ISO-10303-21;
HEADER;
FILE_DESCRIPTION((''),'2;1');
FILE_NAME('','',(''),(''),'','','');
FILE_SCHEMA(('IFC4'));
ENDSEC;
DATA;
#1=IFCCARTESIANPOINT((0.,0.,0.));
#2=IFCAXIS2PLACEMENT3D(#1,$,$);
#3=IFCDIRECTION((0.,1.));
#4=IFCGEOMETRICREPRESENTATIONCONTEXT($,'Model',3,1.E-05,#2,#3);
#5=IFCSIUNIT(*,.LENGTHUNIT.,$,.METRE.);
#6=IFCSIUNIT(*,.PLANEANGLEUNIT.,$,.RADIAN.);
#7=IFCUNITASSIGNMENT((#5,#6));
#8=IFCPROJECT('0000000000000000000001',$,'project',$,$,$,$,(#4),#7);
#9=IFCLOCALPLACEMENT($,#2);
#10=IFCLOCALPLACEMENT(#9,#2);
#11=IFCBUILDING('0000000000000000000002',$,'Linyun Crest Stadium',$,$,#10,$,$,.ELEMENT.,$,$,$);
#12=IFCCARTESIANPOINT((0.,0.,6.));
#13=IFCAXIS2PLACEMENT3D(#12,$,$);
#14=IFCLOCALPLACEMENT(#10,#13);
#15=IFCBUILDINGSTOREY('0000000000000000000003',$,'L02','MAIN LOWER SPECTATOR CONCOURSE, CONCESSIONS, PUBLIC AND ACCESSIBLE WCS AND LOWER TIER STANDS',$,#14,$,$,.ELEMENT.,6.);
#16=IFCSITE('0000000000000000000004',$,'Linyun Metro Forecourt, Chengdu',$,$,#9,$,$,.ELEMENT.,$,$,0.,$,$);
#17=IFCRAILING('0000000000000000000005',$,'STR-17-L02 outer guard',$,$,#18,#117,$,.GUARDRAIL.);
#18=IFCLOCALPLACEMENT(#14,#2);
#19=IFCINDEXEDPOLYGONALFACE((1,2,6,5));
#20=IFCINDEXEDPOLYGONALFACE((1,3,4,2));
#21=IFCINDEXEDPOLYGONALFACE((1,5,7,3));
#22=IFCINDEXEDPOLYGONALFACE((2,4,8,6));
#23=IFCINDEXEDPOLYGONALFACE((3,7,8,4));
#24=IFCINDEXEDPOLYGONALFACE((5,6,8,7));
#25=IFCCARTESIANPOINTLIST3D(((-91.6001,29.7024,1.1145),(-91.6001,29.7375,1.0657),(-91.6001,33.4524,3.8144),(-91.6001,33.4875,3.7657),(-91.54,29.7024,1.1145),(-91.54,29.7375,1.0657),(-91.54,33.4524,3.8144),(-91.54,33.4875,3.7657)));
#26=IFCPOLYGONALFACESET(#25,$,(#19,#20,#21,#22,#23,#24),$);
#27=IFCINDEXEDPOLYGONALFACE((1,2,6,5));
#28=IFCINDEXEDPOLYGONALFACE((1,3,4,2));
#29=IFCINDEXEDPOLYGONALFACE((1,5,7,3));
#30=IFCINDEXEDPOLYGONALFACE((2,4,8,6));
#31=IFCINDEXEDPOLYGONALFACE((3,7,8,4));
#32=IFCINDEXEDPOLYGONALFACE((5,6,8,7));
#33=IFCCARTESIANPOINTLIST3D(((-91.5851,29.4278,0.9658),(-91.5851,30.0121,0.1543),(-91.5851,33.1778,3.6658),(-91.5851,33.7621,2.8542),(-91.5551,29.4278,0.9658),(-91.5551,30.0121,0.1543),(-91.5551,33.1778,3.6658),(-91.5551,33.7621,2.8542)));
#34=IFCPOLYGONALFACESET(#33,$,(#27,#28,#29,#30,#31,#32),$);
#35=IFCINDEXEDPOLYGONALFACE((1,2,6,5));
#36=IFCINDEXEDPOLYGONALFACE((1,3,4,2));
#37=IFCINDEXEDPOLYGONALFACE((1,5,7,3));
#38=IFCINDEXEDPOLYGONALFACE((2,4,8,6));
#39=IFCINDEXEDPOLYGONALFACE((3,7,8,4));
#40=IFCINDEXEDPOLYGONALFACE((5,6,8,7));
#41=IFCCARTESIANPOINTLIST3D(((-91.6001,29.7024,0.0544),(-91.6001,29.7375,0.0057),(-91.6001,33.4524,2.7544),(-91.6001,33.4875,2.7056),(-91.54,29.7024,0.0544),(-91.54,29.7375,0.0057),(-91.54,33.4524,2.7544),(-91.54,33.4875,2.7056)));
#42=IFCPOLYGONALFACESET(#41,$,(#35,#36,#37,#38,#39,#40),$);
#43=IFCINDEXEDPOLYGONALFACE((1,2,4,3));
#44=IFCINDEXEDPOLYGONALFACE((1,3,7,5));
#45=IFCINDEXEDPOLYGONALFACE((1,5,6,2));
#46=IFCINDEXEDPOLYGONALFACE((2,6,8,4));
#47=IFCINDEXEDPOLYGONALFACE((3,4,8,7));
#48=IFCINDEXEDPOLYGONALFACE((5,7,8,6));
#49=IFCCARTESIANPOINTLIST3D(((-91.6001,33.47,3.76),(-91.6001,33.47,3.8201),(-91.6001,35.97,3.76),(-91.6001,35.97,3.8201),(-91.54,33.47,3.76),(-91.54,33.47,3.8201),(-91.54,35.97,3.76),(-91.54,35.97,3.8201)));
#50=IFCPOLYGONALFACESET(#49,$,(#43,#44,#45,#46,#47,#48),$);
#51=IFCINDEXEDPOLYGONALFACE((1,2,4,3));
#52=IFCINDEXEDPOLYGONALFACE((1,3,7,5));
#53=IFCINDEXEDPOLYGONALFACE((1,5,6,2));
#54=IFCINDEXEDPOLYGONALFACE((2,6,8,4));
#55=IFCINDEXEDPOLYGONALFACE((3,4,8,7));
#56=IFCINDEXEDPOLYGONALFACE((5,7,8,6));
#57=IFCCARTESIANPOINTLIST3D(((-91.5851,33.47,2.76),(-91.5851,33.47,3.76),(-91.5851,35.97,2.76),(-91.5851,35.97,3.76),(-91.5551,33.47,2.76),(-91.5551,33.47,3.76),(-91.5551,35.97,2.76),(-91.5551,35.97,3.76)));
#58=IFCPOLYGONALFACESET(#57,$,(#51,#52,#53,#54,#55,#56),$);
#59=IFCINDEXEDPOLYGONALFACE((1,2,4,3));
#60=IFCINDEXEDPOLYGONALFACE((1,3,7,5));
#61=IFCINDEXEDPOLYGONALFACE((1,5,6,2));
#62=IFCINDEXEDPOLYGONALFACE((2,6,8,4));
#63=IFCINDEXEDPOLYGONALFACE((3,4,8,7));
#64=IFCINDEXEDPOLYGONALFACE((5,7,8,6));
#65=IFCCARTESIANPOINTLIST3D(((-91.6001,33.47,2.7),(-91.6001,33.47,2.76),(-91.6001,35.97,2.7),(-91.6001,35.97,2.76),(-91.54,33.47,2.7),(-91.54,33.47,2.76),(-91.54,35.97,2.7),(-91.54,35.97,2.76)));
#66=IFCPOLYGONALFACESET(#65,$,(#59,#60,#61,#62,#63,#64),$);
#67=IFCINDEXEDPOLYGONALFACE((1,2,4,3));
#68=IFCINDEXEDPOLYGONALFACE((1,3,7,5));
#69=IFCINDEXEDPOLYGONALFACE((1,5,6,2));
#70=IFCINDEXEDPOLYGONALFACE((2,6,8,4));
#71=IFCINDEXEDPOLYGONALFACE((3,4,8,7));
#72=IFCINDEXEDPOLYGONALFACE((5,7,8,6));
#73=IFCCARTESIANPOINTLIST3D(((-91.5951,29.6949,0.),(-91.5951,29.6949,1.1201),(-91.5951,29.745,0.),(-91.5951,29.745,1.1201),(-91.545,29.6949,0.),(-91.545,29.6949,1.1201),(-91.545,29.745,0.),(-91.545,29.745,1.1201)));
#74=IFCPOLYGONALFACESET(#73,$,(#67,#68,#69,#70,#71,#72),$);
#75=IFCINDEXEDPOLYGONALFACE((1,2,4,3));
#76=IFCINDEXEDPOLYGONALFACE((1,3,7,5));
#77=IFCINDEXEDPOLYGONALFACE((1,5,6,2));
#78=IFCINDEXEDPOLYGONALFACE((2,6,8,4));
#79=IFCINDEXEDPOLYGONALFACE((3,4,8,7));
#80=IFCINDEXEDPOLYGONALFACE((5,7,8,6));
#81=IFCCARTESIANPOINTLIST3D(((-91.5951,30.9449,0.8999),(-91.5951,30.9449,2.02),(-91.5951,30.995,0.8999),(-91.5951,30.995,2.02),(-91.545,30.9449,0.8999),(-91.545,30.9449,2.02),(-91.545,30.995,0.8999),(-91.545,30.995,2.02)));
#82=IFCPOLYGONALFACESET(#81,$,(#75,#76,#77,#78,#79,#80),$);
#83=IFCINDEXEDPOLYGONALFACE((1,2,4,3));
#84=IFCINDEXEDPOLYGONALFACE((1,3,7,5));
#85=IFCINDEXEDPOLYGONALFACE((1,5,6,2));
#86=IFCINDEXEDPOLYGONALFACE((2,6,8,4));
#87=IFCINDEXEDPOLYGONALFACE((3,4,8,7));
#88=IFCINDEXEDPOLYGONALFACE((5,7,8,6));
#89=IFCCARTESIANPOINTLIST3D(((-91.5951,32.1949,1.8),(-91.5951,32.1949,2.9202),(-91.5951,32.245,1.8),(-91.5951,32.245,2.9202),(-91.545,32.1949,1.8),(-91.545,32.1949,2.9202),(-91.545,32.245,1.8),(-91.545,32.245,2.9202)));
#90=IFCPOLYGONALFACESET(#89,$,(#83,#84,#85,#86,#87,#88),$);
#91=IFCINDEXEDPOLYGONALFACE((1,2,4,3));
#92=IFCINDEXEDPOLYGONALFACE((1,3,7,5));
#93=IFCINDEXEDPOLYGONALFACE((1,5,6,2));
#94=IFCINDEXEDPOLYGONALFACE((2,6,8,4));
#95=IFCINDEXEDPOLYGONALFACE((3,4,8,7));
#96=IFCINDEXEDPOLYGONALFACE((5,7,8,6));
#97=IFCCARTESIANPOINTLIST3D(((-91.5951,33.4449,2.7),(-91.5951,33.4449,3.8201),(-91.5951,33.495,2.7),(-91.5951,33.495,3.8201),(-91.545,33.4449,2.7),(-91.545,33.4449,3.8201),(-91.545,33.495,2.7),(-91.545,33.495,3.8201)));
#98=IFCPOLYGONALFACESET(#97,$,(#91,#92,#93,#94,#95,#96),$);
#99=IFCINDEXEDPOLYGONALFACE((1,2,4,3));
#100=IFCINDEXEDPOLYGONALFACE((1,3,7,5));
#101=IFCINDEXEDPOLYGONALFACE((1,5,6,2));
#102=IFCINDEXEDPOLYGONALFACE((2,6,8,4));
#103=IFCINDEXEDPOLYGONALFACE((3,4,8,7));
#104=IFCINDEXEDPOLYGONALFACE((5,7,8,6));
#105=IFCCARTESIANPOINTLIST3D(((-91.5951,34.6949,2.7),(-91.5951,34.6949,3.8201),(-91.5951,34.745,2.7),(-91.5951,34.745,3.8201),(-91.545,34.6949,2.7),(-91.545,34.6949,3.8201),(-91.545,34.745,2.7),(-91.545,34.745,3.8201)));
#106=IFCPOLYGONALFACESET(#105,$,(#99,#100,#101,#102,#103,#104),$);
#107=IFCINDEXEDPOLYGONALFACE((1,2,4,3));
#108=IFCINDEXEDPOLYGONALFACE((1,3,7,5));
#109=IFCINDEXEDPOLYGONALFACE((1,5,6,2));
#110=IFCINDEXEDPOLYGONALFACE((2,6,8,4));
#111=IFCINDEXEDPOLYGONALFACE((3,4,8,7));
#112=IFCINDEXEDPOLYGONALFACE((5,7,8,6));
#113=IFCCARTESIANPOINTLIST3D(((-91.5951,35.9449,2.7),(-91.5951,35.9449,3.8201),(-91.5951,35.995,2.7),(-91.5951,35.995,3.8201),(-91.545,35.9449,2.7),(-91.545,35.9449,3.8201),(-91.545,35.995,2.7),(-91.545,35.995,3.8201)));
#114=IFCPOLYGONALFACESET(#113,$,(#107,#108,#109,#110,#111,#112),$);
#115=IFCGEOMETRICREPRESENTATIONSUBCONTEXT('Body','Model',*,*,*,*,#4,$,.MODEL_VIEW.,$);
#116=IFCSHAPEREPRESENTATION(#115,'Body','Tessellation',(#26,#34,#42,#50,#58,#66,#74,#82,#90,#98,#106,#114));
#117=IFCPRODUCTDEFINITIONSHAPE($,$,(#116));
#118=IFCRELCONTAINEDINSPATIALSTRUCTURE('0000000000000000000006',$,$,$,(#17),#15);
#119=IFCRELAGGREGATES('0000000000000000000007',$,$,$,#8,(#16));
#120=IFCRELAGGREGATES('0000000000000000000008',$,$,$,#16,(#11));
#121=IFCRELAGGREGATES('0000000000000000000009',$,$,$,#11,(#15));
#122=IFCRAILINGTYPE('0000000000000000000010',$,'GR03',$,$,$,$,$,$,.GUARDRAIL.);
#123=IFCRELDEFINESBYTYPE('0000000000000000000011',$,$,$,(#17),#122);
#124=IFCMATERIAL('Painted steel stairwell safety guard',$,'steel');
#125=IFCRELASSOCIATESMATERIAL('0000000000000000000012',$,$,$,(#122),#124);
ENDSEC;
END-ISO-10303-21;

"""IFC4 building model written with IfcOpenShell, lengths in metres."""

from ifc_helpers import new_model, si_unit, direction, frame, origin, origin_2d, place, context, subcontext, project, spatial, rectangle, extrude, material, type_object, element, save


model = new_model("IFC4")

# Units and contexts
model_context = context("Model", 3, precision=1e-05, world=origin(), true_north=direction((0.0, 1.0)))
body_context = subcontext(model_context, "Body", "Model", "MODEL_VIEW")
ifc_project = project(units=[si_unit("LENGTHUNIT", "METRE"), si_unit("PLANEANGLEUNIT", "RADIAN")], contexts=[model_context])

# Site, building, storey
site_placement = place(None, origin())
site = spatial("IfcSite", under=ifc_project, at=site_placement, Name="Linyun Metro Forecourt, Chengdu", CompositionType="ELEMENT", RefElevation=0.0)
building_placement = place(site_placement, origin())
building = spatial("IfcBuilding", under=site, at=building_placement, Name="Linyun Crest Stadium", CompositionType="ELEMENT")
storey_placement = place(building_placement, frame((0.0, 0.0, 6.0)))
storey = spatial("IfcBuildingStorey", under=building, at=storey_placement, Name="L02", Description="MAIN LOWER SPECTATOR CONCOURSE, CONCESSIONS, PUBLIC AND ACCESSIBLE WCS AND LOWER TIER STANDS", CompositionType="ELEMENT", Elevation=6.0)

# Railing
ifc_material_1 = material(Name="Painted steel stairwell safety guard", Category="steel")
railing_type_1 = type_object("IfcRailingType", Name="GR03", PredefinedType="GUARDRAIL", material=ifc_material_1)
railing_1_placement = place(storey_placement, frame((-91.5701, 29.72, 0.0)))
element("IfcRailing", 1, at=railing_1_placement, inside=storey, type_object=railing_type_1, Name="STR-17-L02 outer guard", PredefinedType="GUARDRAIL", context=body_context, shape_type="SweptSolid", body=[
    extrude(rectangle(XDim=0.0601, YDim=0.0601, at=origin_2d()), frame((0.0, 0.0, 1.0901), z_axis=(0.0, 0.811539, 0.584298), x_axis=(-1.0, 0.0, 0.0)), (0.0, 0.0, 1.0), 4.6208),
    extrude(rectangle(XDim=0.03, YDim=1.0, at=origin_2d()), frame((0.0, 0.0, 0.5601), z_axis=(0.0, 0.811539, 0.584298), x_axis=(-1.0, 0.0, 0.0)), (0.0, 0.0, 1.0), 4.6208),
    extrude(rectangle(XDim=0.0601, YDim=0.0601, at=origin_2d()), frame((0.0, 0.0, 0.03), z_axis=(0.0, 0.811539, 0.584298), x_axis=(-1.0, 0.0, 0.0)), (0.0, 0.0, 1.0), 4.6208),
    extrude(rectangle(XDim=0.0601, YDim=0.0601, at=origin_2d()), frame((0.0, 3.75, 3.79), z_axis=(0.0, 1.0, 0.0), x_axis=(-1.0, 0.0, 0.0)), (0.0, 0.0, 1.0), 2.5),
    extrude(rectangle(XDim=0.03, YDim=1.0, at=origin_2d()), frame((0.0, 3.75, 3.26), z_axis=(0.0, 1.0, 0.0), x_axis=(-1.0, 0.0, 0.0)), (0.0, 0.0, 1.0), 2.5),
    extrude(rectangle(XDim=0.0601, YDim=0.0601, at=origin_2d()), frame((0.0, 3.75, 2.73), z_axis=(0.0, 1.0, 0.0), x_axis=(-1.0, 0.0, 0.0)), (0.0, 0.0, 1.0), 2.5),
    extrude(rectangle(XDim=0.05, YDim=0.05, at=origin_2d()), origin(), (0.0, 0.0, 1.0), 1.1201),
    extrude(rectangle(XDim=0.05, YDim=0.05, at=origin_2d()), frame((0.0, 1.25, 0.8999)), (0.0, 0.0, 1.0), 1.1201),
    extrude(rectangle(XDim=0.05, YDim=0.05, at=origin_2d()), frame((0.0, 2.5, 1.8)), (0.0, 0.0, 1.0), 1.1201),
    extrude(rectangle(XDim=0.05, YDim=0.05, at=origin_2d()), frame((0.0, 3.75, 2.7)), (0.0, 0.0, 1.0), 1.1201),
    extrude(rectangle(XDim=0.05, YDim=0.05, at=origin_2d()), frame((0.0, 5.0, 2.7)), (0.0, 0.0, 1.0), 1.1201),
    extrude(rectangle(XDim=0.05, YDim=0.05, at=origin_2d()), frame((0.0, 6.25, 2.7)), (0.0, 0.0, 1.0), 1.1201),
])

save(model, "model.ifc")
